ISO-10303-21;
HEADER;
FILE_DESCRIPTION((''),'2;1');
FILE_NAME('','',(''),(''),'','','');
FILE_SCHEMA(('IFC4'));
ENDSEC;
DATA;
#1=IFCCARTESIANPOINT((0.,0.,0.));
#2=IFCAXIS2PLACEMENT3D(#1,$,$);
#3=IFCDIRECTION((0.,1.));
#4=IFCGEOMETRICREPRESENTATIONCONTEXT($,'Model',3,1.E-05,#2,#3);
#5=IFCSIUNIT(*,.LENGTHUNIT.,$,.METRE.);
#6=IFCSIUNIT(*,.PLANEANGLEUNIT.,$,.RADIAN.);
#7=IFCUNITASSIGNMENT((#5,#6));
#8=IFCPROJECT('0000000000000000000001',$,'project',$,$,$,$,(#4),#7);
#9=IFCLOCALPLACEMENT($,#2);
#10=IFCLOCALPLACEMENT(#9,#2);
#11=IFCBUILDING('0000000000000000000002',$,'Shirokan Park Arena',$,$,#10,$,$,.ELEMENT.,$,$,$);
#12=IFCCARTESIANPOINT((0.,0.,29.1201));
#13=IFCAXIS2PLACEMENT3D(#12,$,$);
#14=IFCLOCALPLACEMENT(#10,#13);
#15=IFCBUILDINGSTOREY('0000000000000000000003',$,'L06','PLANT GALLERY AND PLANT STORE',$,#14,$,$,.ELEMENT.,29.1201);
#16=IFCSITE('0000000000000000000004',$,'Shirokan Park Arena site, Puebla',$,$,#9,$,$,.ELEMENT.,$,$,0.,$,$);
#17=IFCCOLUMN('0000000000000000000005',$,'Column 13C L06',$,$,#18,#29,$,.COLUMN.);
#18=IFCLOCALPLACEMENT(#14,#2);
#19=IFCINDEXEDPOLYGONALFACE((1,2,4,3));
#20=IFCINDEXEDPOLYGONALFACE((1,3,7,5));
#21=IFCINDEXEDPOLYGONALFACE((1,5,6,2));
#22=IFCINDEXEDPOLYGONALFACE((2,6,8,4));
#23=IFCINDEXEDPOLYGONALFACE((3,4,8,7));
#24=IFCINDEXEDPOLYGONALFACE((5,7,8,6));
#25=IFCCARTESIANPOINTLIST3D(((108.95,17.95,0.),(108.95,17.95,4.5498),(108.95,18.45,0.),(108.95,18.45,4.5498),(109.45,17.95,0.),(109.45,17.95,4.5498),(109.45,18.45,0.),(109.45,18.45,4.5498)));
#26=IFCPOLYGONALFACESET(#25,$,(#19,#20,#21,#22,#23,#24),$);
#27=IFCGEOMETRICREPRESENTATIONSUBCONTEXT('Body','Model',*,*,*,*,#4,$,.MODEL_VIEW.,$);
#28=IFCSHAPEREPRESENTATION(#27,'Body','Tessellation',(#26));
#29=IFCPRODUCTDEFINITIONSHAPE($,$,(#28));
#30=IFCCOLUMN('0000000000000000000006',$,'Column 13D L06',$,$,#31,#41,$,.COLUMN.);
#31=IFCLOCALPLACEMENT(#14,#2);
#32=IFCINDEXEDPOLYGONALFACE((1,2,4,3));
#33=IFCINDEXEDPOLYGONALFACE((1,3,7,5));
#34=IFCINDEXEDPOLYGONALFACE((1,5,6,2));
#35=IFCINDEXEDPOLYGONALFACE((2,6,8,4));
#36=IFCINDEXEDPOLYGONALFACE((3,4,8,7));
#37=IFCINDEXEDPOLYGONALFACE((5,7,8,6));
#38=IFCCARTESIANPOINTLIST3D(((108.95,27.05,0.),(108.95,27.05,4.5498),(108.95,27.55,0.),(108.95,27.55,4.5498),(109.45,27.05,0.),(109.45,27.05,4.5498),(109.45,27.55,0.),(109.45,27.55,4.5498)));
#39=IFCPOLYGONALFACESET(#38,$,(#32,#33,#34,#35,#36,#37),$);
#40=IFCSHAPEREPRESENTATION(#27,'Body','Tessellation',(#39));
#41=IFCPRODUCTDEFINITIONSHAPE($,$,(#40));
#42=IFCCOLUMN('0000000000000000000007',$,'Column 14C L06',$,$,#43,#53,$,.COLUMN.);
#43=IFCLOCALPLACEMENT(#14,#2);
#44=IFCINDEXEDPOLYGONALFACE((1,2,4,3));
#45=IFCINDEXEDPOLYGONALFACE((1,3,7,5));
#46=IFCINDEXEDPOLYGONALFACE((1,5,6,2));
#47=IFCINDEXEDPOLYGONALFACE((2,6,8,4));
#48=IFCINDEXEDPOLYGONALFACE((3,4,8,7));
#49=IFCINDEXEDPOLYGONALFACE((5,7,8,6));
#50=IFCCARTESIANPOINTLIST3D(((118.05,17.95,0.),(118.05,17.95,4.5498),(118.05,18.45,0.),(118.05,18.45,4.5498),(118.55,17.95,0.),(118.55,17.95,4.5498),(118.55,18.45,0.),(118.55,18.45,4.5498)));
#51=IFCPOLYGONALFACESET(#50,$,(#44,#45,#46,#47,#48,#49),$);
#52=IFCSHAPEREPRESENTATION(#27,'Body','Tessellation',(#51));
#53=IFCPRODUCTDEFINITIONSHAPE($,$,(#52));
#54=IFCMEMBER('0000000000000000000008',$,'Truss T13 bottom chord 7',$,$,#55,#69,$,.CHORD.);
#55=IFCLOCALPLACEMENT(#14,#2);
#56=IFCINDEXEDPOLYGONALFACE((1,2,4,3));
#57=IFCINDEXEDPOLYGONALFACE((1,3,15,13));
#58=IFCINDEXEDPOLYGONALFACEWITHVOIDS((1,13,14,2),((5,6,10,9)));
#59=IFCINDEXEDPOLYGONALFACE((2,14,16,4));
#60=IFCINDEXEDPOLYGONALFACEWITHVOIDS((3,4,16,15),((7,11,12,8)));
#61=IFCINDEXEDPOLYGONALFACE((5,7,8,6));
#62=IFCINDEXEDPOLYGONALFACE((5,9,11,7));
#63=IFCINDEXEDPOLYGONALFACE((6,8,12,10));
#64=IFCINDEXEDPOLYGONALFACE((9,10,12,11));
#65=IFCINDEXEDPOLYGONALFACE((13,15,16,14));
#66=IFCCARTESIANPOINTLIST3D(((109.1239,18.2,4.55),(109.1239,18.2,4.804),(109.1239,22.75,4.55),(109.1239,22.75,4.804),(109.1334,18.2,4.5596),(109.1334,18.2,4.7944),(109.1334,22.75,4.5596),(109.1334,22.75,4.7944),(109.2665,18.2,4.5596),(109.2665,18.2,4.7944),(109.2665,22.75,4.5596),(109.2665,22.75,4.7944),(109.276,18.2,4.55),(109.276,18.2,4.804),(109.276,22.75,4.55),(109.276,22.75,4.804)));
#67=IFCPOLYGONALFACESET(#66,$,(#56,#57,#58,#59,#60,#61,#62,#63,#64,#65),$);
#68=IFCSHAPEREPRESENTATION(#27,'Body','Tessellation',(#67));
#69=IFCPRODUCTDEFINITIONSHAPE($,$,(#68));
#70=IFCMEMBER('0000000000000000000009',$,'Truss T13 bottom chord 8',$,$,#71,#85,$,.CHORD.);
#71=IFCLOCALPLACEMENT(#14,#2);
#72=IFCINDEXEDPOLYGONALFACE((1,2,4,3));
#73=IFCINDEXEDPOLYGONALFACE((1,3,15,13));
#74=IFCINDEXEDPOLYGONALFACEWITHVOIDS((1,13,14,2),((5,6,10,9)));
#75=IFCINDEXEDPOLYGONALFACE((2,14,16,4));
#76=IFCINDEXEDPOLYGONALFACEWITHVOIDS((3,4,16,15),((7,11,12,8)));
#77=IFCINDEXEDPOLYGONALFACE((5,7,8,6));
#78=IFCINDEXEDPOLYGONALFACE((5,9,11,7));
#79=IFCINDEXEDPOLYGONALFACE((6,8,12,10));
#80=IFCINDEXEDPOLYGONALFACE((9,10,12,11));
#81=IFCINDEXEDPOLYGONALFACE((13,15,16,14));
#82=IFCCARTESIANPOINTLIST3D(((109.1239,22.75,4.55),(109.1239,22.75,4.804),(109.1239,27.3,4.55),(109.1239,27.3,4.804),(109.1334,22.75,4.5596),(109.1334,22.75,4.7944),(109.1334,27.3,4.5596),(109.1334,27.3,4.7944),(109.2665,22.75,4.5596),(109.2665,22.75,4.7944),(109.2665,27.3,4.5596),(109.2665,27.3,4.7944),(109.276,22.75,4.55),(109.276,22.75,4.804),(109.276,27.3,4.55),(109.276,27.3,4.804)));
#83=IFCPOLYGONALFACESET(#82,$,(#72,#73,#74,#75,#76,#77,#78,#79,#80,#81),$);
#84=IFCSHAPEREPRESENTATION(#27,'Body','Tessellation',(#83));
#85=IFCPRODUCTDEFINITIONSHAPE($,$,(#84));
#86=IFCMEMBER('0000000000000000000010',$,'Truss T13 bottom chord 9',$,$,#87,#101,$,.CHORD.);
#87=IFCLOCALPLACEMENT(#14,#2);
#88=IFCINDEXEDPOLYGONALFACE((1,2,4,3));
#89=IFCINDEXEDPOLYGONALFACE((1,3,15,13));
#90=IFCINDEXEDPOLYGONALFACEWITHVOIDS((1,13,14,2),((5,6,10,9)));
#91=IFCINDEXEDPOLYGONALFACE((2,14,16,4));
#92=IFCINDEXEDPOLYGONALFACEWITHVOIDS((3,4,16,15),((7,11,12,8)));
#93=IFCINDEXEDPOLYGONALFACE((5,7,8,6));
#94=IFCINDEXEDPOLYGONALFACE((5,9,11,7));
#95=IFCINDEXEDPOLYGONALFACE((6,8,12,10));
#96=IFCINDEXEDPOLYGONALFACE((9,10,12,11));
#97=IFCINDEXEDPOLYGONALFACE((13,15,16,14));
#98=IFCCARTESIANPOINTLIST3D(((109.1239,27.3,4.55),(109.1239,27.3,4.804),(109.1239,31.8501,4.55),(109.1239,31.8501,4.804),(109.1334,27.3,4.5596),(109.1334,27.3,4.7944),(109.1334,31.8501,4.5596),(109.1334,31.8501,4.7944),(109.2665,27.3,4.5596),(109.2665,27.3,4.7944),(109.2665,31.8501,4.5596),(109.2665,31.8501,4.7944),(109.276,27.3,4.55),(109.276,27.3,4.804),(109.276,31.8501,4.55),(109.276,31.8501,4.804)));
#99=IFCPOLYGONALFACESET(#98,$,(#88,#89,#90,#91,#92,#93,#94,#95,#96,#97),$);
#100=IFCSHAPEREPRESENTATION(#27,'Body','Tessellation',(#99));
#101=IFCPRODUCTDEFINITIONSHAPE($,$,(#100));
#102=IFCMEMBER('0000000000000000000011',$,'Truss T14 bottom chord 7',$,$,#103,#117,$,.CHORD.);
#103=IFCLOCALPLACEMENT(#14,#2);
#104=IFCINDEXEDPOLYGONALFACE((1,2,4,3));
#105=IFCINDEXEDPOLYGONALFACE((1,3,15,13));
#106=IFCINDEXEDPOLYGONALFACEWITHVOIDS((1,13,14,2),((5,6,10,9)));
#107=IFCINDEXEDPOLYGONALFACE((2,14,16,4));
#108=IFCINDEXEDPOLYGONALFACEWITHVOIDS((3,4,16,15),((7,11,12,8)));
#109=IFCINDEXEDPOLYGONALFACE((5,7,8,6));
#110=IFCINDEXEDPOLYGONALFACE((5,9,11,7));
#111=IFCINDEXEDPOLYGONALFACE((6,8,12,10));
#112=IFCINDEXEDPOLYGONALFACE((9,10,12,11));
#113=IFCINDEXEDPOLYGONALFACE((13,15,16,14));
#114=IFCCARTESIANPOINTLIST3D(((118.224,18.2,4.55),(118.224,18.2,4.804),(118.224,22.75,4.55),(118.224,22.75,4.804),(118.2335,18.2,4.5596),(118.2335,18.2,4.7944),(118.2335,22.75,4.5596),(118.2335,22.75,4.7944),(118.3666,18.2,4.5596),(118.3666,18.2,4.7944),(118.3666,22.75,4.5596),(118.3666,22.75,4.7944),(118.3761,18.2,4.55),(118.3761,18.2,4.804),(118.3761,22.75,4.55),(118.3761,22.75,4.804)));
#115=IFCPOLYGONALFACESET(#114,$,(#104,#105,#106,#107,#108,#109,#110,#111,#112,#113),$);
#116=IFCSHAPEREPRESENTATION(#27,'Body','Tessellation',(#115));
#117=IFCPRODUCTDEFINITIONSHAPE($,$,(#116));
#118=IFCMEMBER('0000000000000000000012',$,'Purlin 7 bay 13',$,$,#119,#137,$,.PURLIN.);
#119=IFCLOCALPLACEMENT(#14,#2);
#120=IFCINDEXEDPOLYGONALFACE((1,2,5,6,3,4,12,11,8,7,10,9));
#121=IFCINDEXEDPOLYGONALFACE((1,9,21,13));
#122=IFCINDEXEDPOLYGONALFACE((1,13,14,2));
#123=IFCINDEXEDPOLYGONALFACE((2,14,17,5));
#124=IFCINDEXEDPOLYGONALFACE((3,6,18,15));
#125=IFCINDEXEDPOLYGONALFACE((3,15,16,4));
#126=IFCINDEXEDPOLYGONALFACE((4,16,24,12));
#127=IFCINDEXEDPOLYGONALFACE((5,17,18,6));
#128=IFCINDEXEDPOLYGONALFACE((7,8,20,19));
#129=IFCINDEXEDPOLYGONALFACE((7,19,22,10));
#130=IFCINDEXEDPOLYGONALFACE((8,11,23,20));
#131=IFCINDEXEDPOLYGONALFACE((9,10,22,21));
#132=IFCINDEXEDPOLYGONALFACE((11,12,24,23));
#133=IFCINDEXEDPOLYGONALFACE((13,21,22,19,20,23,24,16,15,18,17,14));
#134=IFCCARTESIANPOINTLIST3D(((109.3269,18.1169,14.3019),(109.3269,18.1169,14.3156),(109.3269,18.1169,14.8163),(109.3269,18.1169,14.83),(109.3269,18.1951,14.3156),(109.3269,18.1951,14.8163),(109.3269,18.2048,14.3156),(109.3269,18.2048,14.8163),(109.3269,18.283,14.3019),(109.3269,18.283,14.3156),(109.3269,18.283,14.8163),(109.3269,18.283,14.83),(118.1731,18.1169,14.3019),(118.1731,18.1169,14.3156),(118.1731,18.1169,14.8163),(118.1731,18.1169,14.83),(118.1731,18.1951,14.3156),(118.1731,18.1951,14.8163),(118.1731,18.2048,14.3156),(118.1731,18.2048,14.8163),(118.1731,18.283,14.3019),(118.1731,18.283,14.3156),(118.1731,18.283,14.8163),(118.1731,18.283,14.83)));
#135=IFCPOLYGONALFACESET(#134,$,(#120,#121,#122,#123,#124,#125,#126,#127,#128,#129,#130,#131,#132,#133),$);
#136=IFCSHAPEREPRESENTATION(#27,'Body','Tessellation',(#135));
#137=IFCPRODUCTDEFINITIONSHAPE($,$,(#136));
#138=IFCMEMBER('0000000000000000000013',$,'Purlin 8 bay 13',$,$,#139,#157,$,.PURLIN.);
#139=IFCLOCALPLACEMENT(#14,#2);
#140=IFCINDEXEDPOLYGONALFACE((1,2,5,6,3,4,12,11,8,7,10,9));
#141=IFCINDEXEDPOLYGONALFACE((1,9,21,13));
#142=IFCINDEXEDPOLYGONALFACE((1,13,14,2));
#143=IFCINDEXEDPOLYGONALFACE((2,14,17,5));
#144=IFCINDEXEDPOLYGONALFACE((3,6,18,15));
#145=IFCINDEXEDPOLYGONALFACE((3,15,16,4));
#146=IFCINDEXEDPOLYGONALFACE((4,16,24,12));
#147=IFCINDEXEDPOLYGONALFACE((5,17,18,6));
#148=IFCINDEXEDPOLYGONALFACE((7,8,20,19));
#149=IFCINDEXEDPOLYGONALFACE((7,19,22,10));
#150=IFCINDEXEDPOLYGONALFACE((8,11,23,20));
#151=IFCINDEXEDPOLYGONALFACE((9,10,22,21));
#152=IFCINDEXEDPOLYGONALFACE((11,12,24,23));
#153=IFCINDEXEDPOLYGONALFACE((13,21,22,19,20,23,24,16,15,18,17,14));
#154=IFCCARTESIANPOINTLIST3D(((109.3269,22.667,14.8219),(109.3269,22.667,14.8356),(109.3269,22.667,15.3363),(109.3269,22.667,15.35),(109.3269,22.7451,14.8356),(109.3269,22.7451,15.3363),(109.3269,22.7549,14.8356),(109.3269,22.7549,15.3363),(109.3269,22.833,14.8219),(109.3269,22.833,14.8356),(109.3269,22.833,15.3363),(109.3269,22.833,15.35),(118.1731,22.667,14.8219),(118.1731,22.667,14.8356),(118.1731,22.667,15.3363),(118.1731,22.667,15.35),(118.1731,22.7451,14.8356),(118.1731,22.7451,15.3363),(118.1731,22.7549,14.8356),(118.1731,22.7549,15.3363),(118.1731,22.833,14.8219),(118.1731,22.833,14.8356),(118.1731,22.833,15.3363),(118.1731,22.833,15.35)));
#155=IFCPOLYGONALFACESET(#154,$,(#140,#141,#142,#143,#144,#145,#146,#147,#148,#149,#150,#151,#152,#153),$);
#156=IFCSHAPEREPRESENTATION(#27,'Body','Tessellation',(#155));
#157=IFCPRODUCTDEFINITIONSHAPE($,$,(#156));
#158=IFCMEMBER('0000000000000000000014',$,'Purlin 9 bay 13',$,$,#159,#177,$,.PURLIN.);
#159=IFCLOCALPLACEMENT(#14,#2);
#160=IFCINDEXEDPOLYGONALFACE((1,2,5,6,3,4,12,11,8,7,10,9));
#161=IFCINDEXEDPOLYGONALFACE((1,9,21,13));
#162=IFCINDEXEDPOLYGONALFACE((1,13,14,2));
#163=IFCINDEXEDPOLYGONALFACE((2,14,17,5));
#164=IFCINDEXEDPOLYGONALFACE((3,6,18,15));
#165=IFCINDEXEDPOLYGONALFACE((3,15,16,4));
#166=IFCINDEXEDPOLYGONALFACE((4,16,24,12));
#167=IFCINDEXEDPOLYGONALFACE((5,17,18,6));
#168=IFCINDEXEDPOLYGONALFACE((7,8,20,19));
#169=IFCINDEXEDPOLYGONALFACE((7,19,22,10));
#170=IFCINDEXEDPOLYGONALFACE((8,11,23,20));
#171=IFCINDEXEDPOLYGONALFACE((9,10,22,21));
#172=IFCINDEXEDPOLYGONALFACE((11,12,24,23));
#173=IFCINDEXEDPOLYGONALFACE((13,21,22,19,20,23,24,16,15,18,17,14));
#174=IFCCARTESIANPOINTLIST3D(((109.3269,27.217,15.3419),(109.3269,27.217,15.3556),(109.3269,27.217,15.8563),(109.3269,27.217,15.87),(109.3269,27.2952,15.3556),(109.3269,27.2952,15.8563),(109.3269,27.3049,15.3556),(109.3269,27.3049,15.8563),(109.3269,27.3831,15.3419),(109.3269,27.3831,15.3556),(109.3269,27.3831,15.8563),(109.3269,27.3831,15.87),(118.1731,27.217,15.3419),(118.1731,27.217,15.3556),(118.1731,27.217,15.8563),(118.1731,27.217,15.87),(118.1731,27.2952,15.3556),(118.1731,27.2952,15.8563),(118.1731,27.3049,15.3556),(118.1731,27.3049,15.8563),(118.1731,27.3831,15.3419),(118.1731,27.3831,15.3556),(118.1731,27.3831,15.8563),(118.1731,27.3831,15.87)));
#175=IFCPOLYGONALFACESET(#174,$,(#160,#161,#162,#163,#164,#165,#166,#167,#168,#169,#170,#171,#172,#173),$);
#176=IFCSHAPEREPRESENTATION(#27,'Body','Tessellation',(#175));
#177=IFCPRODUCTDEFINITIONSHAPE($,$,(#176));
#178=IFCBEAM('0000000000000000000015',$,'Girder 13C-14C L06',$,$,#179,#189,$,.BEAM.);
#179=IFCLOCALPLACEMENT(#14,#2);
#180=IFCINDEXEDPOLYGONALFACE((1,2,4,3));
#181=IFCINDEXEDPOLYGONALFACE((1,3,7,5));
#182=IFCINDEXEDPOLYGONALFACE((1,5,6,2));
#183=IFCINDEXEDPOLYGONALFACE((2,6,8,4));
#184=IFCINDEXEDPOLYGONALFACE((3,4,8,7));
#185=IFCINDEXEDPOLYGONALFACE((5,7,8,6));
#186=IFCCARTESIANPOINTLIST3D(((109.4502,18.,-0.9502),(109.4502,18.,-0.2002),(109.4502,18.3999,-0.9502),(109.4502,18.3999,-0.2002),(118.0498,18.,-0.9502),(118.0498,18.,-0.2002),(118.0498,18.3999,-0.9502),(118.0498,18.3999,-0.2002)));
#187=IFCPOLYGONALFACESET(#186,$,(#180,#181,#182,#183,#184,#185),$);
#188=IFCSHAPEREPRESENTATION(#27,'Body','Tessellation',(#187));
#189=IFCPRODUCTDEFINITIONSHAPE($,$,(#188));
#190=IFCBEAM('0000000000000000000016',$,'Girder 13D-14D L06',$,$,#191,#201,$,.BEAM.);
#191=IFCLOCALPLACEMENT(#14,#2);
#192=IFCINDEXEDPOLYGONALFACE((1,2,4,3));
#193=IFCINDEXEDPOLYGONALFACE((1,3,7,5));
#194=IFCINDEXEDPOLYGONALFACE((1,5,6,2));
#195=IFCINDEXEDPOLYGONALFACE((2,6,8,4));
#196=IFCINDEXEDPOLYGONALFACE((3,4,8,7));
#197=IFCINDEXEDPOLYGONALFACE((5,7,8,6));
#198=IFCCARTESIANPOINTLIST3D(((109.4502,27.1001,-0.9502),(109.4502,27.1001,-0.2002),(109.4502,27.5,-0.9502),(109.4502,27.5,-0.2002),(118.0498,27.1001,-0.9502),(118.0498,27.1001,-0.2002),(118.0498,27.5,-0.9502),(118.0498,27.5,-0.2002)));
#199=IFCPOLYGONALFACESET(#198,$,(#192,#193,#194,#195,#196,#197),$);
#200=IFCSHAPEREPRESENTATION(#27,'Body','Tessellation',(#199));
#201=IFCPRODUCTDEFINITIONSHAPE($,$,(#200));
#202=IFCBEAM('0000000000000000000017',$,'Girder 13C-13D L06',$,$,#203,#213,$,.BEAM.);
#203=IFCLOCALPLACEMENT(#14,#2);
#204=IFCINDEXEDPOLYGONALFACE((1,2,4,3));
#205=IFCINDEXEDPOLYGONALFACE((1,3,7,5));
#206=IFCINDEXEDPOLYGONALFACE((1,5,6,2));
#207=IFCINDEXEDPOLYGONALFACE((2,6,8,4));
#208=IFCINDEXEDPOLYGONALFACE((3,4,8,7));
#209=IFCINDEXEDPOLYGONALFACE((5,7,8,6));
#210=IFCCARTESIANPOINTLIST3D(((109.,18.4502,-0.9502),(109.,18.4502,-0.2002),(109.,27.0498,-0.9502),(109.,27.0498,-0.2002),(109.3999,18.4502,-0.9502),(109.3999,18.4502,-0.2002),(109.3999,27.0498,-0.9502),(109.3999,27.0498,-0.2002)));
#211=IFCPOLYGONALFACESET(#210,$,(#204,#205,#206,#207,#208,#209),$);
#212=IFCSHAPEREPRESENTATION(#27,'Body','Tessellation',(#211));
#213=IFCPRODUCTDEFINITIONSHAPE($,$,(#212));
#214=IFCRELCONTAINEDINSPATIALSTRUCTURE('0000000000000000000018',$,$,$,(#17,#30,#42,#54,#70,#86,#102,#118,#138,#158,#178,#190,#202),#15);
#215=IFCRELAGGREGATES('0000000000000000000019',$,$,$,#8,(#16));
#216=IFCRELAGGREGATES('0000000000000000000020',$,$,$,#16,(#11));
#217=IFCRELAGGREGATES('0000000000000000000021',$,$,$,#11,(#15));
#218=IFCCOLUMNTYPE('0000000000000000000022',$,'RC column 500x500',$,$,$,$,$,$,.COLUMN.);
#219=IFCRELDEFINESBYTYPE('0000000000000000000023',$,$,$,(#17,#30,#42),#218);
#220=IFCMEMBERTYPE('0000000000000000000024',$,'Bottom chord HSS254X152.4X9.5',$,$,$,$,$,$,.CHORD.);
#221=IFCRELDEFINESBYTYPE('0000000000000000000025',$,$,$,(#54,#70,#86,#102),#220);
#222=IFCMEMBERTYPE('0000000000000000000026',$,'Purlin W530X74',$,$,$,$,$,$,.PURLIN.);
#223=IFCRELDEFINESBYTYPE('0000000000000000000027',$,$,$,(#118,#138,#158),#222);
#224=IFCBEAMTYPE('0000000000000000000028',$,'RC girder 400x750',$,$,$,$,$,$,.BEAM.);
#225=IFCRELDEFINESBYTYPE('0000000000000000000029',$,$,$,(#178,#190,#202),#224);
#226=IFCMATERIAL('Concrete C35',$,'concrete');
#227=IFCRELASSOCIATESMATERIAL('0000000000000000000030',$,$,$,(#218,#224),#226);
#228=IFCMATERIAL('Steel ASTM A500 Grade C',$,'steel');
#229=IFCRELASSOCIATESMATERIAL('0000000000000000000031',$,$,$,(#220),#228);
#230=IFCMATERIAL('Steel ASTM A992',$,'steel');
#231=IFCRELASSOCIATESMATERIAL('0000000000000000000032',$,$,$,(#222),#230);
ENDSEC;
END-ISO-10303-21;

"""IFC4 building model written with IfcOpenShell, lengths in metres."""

from ifc_helpers import new_model, si_unit, direction, frame, origin, origin_2d, place, context, subcontext, project, spatial, rectangle, hollow_rectangle, i_section, extrude, material, material_profile, profile_set, type_object, element, save


model = new_model("IFC4")

# Units and contexts
model_context = context("Model", 3, precision=1e-05, world=origin(), true_north=direction((0.0, 1.0)))
body_context = subcontext(model_context, "Body", "Model", "MODEL_VIEW")
ifc_project = project(units=[si_unit("LENGTHUNIT", "METRE"), si_unit("PLANEANGLEUNIT", "RADIAN")], contexts=[model_context])

# Site, building, storey
site_placement = place(None, origin())
site = spatial("IfcSite", under=ifc_project, at=site_placement, Name="Shirokan Park Arena site, Puebla", CompositionType="ELEMENT", RefElevation=0.0)
building_placement = place(site_placement, origin())
building = spatial("IfcBuilding", under=site, at=building_placement, Name="Shirokan Park Arena", CompositionType="ELEMENT")
storey_placement = place(building_placement, frame((0.0, 0.0, 29.1201)))
storey = spatial("IfcBuildingStorey", under=building, at=storey_placement, Name="L06", Description="PLANT GALLERY AND PLANT STORE", CompositionType="ELEMENT", Elevation=29.1201)

# Columns
ifc_material_1 = material(Name="Concrete C35", Category="concrete")
ifc_material_profile_1 = material_profile(ifc_material_1, rectangle(XDim=0.5, YDim=0.5, at=origin_2d()), Name="500x500")
ifc_profile_set_1 = profile_set([ifc_material_profile_1], Name="Concrete C35")
column_type = type_object("IfcColumnType", Name="RC column 500x500", PredefinedType="COLUMN", material=ifc_profile_set_1)
for number, where, z_axis, x_axis, name in (
    (1, (109.2, 18.2, 0.0), (0.0, 0.0, 1.0), (1.0, 0.0, 0.0), "Column 13C L06"),
    (2, (109.2, 27.3, 0.0), (0.0, 0.0, 1.0), (1.0, 0.0, 0.0), "Column 13D L06"),
    (3, (118.3, 18.2, 0.0), (0.0, 0.0, 1.0), (1.0, 0.0, 0.0), "Column 14C L06"),
):
    element("IfcColumn", number, at=place(storey_placement, frame(where, z_axis=z_axis, x_axis=x_axis)), inside=storey, type_object=column_type, Name=name, PredefinedType="COLUMN", context=body_context, shape_type="SweptSolid", body=[
        extrude(rectangle(XDim=0.5, YDim=0.5, at=origin_2d()), origin(), (0.0, 0.0, 1.0), 4.5498),
    ])

# Members
ifc_material_2 = material(Name="Steel ASTM A500 Grade C", Category="steel")
ifc_material_profile_2 = material_profile(ifc_material_2, hollow_rectangle(XDim=0.1521, YDim=0.2539, WallThickness=0.0095, at=origin_2d()), Name="HSS254X152.4X9.5")
ifc_profile_set_2 = profile_set([ifc_material_profile_2], Name="Steel ASTM A500 Grade C")
member_type_1 = type_object("IfcMemberType", Name="Bottom chord HSS254X152.4X9.5", PredefinedType="CHORD", material=ifc_profile_set_2)
for number, where, z_axis, x_axis, name in (
    (4, (109.2, 18.2, 4.677), (0.0, 1.0, 0.0), (-1.0, 0.0, 0.0), "Truss T13 bottom chord 7"),
    (5, (109.2, 22.75, 4.677), (0.0, 1.0, 0.0), (-1.0, 0.0, 0.0), "Truss T13 bottom chord 8"),
    (6, (109.2, 27.3, 4.677), (0.0, 1.0, 0.0), (-1.0, 0.0, 0.0), "Truss T13 bottom chord 9"),
    (7, (118.3, 18.2, 4.677), (0.0, 1.0, 0.0), (-1.0, 0.0, 0.0), "Truss T14 bottom chord 7"),
):
    element("IfcMember", number, at=place(storey_placement, frame(where, z_axis=z_axis, x_axis=x_axis)), inside=storey, type_object=member_type_1, Name=name, PredefinedType="CHORD", context=body_context, shape_type="SweptSolid", body=[
        extrude(hollow_rectangle(XDim=0.1521, YDim=0.2539, WallThickness=0.0095, at=origin_2d()), origin(), (0.0, 0.0, 1.0), 4.55),
    ])
ifc_material_3 = material(Name="Steel ASTM A992", Category="steel")
ifc_material_profile_3 = material_profile(ifc_material_3, i_section(OverallWidth=0.166, OverallDepth=0.5281, WebThickness=0.0098, FlangeThickness=0.0137, at=origin_2d()), Name="W530X74")
ifc_profile_set_3 = profile_set([ifc_material_profile_3], Name="Steel ASTM A992")
member_type_2 = type_object("IfcMemberType", Name="Purlin W530X74", PredefinedType="PURLIN", material=ifc_profile_set_3)
for number, where, z_axis, x_axis, name in (
    (8, (109.3269, 18.2, 14.5659), (1.0, 0.0, 0.0), (0.0, 1.0, 0.0), "Purlin 7 bay 13"),
    (9, (109.3269, 22.75, 15.0859), (1.0, 0.0, 0.0), (0.0, 1.0, 0.0), "Purlin 8 bay 13"),
    (10, (109.3269, 27.3, 15.606), (1.0, 0.0, 0.0), (0.0, 1.0, 0.0), "Purlin 9 bay 13"),
):
    element("IfcMember", number, at=place(storey_placement, frame(where, z_axis=z_axis, x_axis=x_axis)), inside=storey, type_object=member_type_2, Name=name, PredefinedType="PURLIN", context=body_context, shape_type="SweptSolid", body=[
        extrude(i_section(OverallWidth=0.166, OverallDepth=0.5281, WebThickness=0.0098, FlangeThickness=0.0137, at=origin_2d()), origin(), (0.0, 0.0, 1.0), 8.8462),
    ])

# Beams
ifc_material_profile_4 = material_profile(ifc_material_1, rectangle(XDim=0.3999, YDim=0.75, at=origin_2d()), Name="400x750")
ifc_profile_set_4 = profile_set([ifc_material_profile_4], Name="Concrete C35")
beam_type_1 = type_object("IfcBeamType", Name="RC girder 400x750", PredefinedType="BEAM", material=ifc_profile_set_4)
for number, where, z_axis, x_axis, name in (
    (11, (109.4502, 18.2, -0.5752), (1.0, 0.0, 0.0), (0.0, 1.0, 0.0), "Girder 13C-14C L06"),
    (12, (109.4502, 27.3, -0.5752), (1.0, 0.0, 0.0), (0.0, 1.0, 0.0), "Girder 13D-14D L06"),
    (13, (109.2, 18.4502, -0.5752), (0.0, 1.0, 0.0), (-1.0, 0.0, 0.0), "Girder 13C-13D L06"),
):
    element("IfcBeam", number, at=place(storey_placement, frame(where, z_axis=z_axis, x_axis=x_axis)), inside=storey, type_object=beam_type_1, Name=name, PredefinedType="BEAM", context=body_context, shape_type="SweptSolid", body=[
        extrude(rectangle(XDim=0.3999, YDim=0.75, at=origin_2d()), origin(), (0.0, 0.0, 1.0), 8.5996),
    ])

save(model, "model.ifc")
